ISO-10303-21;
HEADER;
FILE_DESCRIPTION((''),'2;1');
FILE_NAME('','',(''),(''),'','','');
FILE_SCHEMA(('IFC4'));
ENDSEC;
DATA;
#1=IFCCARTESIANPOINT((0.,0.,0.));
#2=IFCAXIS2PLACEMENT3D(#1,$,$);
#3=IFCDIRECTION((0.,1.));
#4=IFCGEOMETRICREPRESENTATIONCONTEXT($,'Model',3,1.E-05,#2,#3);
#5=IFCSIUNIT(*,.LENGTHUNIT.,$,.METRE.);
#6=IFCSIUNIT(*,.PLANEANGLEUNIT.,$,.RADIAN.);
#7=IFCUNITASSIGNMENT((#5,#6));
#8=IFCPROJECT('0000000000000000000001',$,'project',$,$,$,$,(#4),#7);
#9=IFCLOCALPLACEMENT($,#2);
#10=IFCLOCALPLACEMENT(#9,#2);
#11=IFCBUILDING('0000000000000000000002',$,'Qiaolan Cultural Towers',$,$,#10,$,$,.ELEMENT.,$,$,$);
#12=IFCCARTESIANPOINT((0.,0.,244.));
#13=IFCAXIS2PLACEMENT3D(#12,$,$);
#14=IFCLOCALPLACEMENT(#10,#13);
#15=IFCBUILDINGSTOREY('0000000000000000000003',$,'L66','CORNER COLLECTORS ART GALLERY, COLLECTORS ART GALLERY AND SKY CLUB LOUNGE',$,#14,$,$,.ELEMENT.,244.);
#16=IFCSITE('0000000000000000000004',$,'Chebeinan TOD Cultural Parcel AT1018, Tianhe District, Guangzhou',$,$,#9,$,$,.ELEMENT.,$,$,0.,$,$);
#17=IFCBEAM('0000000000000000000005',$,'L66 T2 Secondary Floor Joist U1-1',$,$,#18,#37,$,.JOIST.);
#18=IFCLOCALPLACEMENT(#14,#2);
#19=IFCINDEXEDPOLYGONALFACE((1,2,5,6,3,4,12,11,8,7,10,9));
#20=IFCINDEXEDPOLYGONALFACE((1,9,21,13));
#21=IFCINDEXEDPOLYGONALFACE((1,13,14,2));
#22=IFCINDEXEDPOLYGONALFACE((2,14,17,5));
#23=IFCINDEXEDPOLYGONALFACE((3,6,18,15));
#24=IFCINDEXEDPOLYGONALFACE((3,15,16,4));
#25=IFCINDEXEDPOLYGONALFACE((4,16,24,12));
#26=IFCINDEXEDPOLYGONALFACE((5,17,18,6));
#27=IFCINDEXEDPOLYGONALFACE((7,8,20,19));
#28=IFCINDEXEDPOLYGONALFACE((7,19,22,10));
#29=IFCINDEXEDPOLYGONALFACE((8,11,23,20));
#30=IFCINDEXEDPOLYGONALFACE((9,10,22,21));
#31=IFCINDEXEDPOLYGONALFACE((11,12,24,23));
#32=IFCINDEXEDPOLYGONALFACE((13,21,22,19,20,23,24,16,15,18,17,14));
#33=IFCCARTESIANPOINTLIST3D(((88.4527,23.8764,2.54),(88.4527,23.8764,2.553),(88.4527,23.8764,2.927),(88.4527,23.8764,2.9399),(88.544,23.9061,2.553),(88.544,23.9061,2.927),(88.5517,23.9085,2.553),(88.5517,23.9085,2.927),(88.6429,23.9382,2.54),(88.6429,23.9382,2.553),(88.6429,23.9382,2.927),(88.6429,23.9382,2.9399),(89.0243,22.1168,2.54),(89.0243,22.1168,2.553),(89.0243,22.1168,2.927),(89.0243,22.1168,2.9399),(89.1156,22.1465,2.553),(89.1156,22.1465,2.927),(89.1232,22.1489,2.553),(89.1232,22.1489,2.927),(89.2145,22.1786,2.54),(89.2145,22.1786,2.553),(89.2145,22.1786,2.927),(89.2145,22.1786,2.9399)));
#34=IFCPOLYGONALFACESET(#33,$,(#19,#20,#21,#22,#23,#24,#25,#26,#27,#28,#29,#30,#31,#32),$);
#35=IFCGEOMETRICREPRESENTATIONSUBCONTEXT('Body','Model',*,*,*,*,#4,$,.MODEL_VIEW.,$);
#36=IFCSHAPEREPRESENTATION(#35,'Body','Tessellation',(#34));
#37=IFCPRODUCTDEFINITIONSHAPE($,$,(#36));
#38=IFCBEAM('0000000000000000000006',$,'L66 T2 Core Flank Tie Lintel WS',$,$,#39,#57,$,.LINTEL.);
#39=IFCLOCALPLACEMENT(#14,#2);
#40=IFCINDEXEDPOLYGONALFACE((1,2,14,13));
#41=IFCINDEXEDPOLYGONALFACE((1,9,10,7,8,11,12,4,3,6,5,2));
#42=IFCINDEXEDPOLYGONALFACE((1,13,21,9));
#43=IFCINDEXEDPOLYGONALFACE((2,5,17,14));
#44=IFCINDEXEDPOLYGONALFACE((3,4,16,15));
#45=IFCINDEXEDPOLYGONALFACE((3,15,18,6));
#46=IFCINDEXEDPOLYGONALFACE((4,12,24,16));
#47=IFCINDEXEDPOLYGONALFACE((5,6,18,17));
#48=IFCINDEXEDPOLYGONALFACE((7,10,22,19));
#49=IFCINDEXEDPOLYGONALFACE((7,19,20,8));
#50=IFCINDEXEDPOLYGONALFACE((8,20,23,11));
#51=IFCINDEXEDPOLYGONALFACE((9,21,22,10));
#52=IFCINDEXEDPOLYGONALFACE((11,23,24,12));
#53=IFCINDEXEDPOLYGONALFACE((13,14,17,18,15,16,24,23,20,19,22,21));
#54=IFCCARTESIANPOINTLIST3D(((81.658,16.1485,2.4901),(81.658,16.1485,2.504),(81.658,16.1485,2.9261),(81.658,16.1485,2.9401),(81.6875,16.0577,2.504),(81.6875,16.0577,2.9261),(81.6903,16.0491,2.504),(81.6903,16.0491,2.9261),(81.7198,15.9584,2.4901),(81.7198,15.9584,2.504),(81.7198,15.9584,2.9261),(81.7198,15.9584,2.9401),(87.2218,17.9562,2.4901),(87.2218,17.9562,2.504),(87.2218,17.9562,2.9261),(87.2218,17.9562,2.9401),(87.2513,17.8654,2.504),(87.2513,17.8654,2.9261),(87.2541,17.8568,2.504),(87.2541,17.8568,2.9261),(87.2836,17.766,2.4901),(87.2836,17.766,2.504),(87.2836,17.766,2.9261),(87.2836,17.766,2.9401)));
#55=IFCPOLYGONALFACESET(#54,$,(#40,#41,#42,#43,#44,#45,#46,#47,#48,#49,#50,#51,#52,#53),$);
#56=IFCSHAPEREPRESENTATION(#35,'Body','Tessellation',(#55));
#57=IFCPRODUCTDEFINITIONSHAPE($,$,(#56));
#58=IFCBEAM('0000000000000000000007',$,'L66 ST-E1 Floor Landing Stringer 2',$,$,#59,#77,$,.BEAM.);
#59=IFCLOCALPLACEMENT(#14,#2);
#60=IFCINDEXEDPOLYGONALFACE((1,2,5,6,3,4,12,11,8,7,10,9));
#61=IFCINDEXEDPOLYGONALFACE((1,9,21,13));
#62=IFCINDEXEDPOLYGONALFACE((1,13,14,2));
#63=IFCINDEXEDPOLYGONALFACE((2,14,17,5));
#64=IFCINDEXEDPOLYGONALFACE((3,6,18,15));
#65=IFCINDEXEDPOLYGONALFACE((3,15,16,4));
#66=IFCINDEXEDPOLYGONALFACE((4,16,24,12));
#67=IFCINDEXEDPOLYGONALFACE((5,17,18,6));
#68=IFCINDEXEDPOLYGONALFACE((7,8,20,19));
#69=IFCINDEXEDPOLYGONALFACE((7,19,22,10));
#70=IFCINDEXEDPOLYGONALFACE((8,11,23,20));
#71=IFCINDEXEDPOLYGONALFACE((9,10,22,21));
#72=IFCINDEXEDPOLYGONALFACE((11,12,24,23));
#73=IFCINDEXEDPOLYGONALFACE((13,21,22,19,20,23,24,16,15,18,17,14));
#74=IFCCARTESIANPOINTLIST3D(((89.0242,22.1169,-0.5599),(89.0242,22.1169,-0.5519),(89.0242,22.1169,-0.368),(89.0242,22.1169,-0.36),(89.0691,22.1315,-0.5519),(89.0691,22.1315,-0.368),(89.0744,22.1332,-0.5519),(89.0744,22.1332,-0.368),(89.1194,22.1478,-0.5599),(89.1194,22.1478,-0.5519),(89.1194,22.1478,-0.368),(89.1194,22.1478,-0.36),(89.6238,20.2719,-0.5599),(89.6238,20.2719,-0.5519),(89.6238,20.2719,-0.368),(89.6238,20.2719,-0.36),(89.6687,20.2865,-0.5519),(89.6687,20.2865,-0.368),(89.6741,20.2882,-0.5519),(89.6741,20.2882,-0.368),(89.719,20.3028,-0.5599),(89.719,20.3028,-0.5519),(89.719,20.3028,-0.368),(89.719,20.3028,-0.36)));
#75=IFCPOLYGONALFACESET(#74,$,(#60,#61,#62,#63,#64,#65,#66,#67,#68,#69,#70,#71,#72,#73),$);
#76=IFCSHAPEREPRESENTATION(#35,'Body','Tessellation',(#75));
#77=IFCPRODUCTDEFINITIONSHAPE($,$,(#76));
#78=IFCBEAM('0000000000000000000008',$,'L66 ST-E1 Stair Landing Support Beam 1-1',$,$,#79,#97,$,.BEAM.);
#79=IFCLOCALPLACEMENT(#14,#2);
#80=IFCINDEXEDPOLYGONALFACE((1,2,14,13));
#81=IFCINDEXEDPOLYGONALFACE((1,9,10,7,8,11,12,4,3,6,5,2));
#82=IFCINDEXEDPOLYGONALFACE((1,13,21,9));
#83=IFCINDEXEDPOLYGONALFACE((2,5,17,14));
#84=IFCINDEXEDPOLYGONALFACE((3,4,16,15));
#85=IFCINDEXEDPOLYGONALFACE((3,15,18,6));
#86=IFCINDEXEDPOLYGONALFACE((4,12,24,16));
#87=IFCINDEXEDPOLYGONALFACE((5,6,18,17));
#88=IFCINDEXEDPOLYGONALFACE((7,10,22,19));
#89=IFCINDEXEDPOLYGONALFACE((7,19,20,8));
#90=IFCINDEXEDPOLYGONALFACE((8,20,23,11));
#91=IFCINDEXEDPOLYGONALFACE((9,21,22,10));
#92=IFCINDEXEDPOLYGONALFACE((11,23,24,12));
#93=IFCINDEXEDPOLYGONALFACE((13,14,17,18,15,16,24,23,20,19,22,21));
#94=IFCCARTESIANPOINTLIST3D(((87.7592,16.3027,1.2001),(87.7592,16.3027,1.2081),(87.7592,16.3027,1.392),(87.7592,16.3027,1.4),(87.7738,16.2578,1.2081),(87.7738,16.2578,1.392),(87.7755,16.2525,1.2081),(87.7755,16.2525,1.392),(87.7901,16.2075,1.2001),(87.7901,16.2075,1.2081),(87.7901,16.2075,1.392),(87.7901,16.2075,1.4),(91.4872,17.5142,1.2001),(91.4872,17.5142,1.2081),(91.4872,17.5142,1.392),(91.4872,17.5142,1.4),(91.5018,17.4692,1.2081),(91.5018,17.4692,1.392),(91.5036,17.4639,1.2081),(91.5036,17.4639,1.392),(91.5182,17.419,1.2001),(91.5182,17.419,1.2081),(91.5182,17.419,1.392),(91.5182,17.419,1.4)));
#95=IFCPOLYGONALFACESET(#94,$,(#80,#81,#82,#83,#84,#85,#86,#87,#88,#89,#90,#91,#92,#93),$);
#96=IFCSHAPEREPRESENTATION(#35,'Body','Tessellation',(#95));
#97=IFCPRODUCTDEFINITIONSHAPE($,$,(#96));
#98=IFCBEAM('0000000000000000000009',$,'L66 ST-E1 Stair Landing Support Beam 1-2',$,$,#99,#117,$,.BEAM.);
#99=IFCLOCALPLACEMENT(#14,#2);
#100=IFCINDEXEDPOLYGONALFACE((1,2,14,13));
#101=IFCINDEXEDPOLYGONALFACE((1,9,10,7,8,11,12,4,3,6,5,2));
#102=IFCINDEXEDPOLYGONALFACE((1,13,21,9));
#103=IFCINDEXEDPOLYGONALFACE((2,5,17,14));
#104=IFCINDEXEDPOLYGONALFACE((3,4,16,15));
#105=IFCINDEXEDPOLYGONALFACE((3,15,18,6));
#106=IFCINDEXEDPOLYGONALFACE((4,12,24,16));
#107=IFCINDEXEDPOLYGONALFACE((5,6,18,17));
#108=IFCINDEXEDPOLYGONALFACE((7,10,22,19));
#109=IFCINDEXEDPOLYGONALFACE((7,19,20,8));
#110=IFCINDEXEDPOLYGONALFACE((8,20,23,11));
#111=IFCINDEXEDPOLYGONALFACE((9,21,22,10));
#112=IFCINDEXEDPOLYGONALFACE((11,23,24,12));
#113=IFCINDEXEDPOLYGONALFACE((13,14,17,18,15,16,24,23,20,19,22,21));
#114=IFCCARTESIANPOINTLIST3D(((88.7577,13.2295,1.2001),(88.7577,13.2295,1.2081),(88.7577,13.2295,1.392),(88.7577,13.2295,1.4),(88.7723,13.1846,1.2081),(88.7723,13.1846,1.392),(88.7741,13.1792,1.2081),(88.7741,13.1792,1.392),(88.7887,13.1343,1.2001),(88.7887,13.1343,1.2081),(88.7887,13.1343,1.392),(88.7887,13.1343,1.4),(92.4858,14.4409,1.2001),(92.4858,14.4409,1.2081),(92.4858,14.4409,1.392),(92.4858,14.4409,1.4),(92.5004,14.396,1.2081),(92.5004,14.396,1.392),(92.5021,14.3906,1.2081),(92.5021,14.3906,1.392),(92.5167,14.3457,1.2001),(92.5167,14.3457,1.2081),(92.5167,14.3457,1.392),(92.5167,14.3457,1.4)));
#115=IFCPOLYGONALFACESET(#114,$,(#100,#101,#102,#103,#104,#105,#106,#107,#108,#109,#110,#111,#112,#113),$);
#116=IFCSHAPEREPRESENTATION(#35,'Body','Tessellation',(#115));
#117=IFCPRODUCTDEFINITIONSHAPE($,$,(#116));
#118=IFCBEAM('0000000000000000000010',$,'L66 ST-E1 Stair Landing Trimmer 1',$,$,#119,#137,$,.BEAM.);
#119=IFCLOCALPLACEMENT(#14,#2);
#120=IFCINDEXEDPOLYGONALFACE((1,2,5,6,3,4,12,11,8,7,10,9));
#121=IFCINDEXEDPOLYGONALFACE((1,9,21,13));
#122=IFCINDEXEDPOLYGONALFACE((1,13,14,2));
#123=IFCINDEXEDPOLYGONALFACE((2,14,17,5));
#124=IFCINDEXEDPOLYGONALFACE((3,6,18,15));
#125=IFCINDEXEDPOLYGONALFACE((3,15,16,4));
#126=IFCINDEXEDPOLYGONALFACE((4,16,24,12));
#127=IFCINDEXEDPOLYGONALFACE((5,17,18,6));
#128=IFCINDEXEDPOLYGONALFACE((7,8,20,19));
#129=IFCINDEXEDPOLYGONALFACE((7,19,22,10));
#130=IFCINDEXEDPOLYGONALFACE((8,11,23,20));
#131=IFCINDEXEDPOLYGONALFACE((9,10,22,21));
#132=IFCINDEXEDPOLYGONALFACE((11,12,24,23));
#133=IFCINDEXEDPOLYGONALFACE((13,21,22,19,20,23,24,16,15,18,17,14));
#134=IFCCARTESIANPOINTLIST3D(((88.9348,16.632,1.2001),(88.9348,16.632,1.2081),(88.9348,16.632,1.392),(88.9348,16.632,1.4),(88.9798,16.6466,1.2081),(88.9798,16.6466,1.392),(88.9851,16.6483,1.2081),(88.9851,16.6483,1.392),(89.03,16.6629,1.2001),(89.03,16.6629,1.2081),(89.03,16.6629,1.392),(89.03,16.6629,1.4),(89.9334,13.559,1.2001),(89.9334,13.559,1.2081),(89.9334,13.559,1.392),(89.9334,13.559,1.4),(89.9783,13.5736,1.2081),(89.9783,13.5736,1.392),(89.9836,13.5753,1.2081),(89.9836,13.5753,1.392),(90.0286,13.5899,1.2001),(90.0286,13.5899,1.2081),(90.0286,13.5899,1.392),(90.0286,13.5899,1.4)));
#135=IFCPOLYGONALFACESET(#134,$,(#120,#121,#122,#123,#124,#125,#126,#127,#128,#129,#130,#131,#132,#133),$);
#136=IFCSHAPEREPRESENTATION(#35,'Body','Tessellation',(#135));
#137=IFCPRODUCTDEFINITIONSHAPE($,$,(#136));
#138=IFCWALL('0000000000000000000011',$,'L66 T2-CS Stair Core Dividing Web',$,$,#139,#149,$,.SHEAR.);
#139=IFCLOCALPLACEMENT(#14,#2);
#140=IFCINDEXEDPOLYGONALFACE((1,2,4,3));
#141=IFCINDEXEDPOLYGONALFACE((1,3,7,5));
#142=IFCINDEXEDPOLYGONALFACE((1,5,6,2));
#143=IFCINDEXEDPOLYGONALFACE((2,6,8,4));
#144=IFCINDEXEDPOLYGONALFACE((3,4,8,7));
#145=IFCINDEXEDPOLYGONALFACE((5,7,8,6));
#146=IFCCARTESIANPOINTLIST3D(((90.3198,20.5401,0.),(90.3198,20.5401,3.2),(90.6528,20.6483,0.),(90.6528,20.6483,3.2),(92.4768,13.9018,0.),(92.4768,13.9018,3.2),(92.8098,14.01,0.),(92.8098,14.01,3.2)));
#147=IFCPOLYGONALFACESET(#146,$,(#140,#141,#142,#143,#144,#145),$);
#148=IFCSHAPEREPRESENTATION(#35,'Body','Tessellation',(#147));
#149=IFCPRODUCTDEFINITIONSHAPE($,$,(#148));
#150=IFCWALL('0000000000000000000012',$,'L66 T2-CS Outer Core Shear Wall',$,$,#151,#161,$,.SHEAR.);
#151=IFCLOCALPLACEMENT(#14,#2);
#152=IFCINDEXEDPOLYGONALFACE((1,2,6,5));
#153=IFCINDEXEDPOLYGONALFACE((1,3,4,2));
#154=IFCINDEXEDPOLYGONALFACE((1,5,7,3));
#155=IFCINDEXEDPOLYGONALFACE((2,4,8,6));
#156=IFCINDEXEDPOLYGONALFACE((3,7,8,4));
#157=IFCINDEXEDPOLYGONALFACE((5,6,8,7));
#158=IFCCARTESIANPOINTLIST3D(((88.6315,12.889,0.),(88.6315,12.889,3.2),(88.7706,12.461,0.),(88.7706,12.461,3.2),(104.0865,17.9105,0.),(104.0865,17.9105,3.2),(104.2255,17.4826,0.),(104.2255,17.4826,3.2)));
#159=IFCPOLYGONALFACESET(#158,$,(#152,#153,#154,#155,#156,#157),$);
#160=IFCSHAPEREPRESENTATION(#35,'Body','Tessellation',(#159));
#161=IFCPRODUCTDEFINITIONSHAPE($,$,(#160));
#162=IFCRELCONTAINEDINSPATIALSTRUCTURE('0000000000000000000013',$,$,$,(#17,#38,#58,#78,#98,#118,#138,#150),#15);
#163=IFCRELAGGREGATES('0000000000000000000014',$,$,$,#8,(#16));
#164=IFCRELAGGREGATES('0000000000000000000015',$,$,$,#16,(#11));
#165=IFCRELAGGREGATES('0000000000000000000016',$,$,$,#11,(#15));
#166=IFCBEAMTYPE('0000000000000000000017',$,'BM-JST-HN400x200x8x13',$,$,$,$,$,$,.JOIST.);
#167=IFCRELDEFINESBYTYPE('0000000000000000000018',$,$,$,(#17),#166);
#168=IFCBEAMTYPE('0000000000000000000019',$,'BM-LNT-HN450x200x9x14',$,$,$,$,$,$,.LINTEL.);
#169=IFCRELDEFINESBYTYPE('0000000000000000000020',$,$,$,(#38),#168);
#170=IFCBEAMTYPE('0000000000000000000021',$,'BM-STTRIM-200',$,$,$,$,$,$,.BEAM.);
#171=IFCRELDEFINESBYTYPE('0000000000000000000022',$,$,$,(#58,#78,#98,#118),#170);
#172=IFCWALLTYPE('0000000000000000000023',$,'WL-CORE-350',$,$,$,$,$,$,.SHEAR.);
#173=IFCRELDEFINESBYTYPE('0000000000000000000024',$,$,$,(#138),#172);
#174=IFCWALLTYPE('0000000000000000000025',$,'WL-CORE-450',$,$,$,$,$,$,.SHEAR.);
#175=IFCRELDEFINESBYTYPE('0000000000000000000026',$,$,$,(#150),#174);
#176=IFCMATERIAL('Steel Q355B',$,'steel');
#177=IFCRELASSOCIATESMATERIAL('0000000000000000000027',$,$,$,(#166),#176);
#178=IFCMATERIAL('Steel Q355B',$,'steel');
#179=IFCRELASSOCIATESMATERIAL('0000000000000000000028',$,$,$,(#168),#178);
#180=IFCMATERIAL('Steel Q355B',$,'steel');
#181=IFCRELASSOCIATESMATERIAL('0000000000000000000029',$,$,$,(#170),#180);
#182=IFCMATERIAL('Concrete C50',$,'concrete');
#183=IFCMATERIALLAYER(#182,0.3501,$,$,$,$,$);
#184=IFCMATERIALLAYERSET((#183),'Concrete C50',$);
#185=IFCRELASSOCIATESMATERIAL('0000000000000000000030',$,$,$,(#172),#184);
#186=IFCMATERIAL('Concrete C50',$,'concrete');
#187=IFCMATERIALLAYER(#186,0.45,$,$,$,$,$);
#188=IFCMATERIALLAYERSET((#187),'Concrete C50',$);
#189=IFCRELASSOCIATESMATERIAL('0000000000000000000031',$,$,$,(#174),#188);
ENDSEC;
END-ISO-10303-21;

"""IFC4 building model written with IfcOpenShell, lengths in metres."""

from ifc_helpers import new_model, si_unit, direction, frame, frame_2d, origin, origin_2d, place, context, subcontext, project, spatial, rectangle, i_section, extrude, material, layer, layer_set, material_profile, profile_set, type_object, element, save


model = new_model("IFC4")

# Units and contexts
model_context = context("Model", 3, precision=1e-05, world=origin(), true_north=direction((0.0, 1.0)))
body_context = subcontext(model_context, "Body", "Model", "MODEL_VIEW")
ifc_project = project(units=[si_unit("LENGTHUNIT", "METRE"), si_unit("PLANEANGLEUNIT", "RADIAN")], contexts=[model_context])

# Site, building, storey
site_placement = place(None, origin())
site = spatial("IfcSite", under=ifc_project, at=site_placement, Name="Chebeinan TOD Cultural Parcel AT1018, Tianhe District, Guangzhou", CompositionType="ELEMENT", RefElevation=0.0)
building_placement = place(site_placement, origin())
building = spatial("IfcBuilding", under=site, at=building_placement, Name="Qiaolan Cultural Towers", CompositionType="ELEMENT")
storey_placement = place(building_placement, frame((0.0, 0.0, 244.0)))
storey = spatial("IfcBuildingStorey", under=building, at=storey_placement, Name="L66", Description="CORNER COLLECTORS ART GALLERY, COLLECTORS ART GALLERY AND SKY CLUB LOUNGE", CompositionType="ELEMENT", Elevation=244.0)

# Beams
ifc_material_1 = material(Name="Steel Q355B", Category="steel")
ifc_material_profile_1 = material_profile(ifc_material_1, i_section(OverallWidth=0.2, OverallDepth=0.3999, WebThickness=0.0081, FlangeThickness=0.0129, at=origin_2d()), Name="HN400x200x8x13")
ifc_profile_set_1 = profile_set([ifc_material_profile_1], Name="Steel Q355B")
beam_type_1 = type_object("IfcBeamType", Name="BM-JST-HN400x200x8x13", PredefinedType="JOIST", material=ifc_profile_set_1)
beam_1_placement = place(storey_placement, frame((89.1194, 22.1477, 2.74), z_axis=(-0.308934, 0.951084, 0.0), x_axis=(-0.951084, -0.308934, 0.0)))
element("IfcBeam", 1, at=beam_1_placement, inside=storey, type_object=beam_type_1, Name="L66 T2 Secondary Floor Joist U1-1", PredefinedType="JOIST", context=body_context, shape_type="SweptSolid", body=[
    extrude(i_section(OverallWidth=0.2, OverallDepth=0.3999, WebThickness=0.0081, FlangeThickness=0.0129, at=origin_2d()), origin(), (0.0, 0.0, 1.0), 1.8501),
])
ifc_material_2 = material(Name="Steel Q355B", Category="steel")
ifc_material_profile_2 = material_profile(ifc_material_2, i_section(OverallWidth=0.2, OverallDepth=0.45, WebThickness=0.009, FlangeThickness=0.0139, at=origin_2d()), Name="HN450x200x9x14")
ifc_profile_set_2 = profile_set([ifc_material_profile_2], Name="Steel Q355B")
beam_type_2 = type_object("IfcBeamType", Name="BM-LNT-HN450x200x9x14", PredefinedType="LINTEL", material=ifc_profile_set_2)
beam_2_placement = place(storey_placement, frame((87.2527, 17.8611, 2.7151), z_axis=(-0.951064, -0.308995, 0.0), x_axis=(0.308995, -0.951064, 0.0)))
element("IfcBeam", 2, at=beam_2_placement, inside=storey, type_object=beam_type_2, Name="L66 T2 Core Flank Tie Lintel WS", PredefinedType="LINTEL", context=body_context, shape_type="SweptSolid", body=[
    extrude(i_section(OverallWidth=0.2, OverallDepth=0.45, WebThickness=0.009, FlangeThickness=0.0139, at=origin_2d()), origin(), (0.0, 0.0, 1.0), 5.8501),
])
ifc_material_3 = material(Name="Steel Q355B", Category="steel")
ifc_material_profile_3 = material_profile(ifc_material_3, i_section(OverallWidth=0.1001, OverallDepth=0.2, WebThickness=0.0056, FlangeThickness=0.0081, at=origin_2d()), Name="HN200x100x5.5x8")
ifc_profile_set_3 = profile_set([ifc_material_profile_3], Name="Steel Q355B")
beam_type_3 = type_object("IfcBeamType", Name="BM-STTRIM-200", PredefinedType="BEAM", material=ifc_profile_set_3)
beam_3_placement = place(storey_placement, frame((89.0718, 22.1323, -0.46), z_axis=(0.309083, -0.951035, 0.0), x_axis=(0.951035, 0.309083, 0.0)))
element("IfcBeam", 3, at=beam_3_placement, inside=storey, type_object=beam_type_3, Name="L66 ST-E1 Floor Landing Stringer 2", PredefinedType="BEAM", context=body_context, shape_type="SweptSolid", body=[
    extrude(i_section(OverallWidth=0.1001, OverallDepth=0.2, WebThickness=0.0056, FlangeThickness=0.0081, at=origin_2d()), origin(), (0.0, 0.0, 1.0), 1.9399),
])
for number, where, z_axis, x_axis, name in (
    (4, (87.7747, 16.2551, 1.3), (0.951048, 0.309044, 0.0), (-0.309044, 0.951048, 0.0), "L66 ST-E1 Stair Landing Support Beam 1-1"),
    (5, (88.7732, 13.1819, 1.3), (0.951048, 0.309044, 0.0), (-0.309044, 0.951048, 0.0), "L66 ST-E1 Stair Landing Support Beam 1-2"),
):
    element("IfcBeam", number, at=place(storey_placement, frame(where, z_axis=z_axis, x_axis=x_axis)), inside=storey, type_object=beam_type_3, Name=name, PredefinedType="BEAM", context=body_context, shape_type="SweptSolid", body=[
        extrude(i_section(OverallWidth=0.1001, OverallDepth=0.2, WebThickness=0.0056, FlangeThickness=0.0081, at=origin_2d()), origin(), (0.0, 0.0, 1.0), 3.9199),
    ])
beam_4_placement = place(storey_placement, frame((88.9824, 16.6475, 1.3), z_axis=(0.309033, -0.951051, 0.0), x_axis=(0.951051, 0.309033, 0.0)))
element("IfcBeam", 6, at=beam_4_placement, inside=storey, type_object=beam_type_3, Name="L66 ST-E1 Stair Landing Trimmer 1", PredefinedType="BEAM", context=body_context, shape_type="SweptSolid", body=[
    extrude(i_section(OverallWidth=0.1001, OverallDepth=0.2, WebThickness=0.0056, FlangeThickness=0.0081, at=origin_2d()), origin(), (0.0, 0.0, 1.0), 3.2312),
])

# Walls
ifc_material_4 = material(Name="Concrete C50", Category="concrete")
ifc_layer_1 = layer(ifc_material_4, 0.3501)
ifc_layer_set_1 = layer_set([ifc_layer_1], Name="Concrete C50")
wall_type_1 = type_object("IfcWallType", Name="WL-CORE-350", PredefinedType="SHEAR", material=ifc_layer_set_1)
wall_1_placement = place(storey_placement, frame((90.4863, 20.5942, 0.0), z_axis=(0.0, 0.0, 1.0), x_axis=(0.30902, -0.951055, 0.0)))
element("IfcWall", 7, at=wall_1_placement, inside=storey, type_object=wall_type_1, Name="L66 T2-CS Stair Core Dividing Web", PredefinedType="SHEAR", context=body_context, shape_type="SweptSolid", body=[
    extrude(rectangle(XDim=6.98, YDim=0.3501, at=frame_2d((3.49, 0.0))), origin(), (0.0, 0.0, 1.0), 3.2),
])
ifc_material_5 = material(Name="Concrete C50", Category="concrete")
ifc_layer_2 = layer(ifc_material_5, 0.45)
ifc_layer_set_2 = layer_set([ifc_layer_2], Name="Concrete C50")
wall_type_2 = type_object("IfcWallType", Name="WL-CORE-450", PredefinedType="SHEAR", material=ifc_layer_set_2)
wall_2_placement = place(storey_placement, frame((88.7012, 12.675, 0.0), z_axis=(0.0, 0.0, 1.0), x_axis=(0.951058, 0.309012, 0.0)))
element("IfcWall", 8, at=wall_2_placement, inside=storey, type_object=wall_type_2, Name="L66 T2-CS Outer Core Shear Wall", PredefinedType="SHEAR", context=body_context, shape_type="SweptSolid", body=[
    extrude(rectangle(XDim=16.2502, YDim=0.45, at=frame_2d((8.125, 0.0))), origin(), (0.0, 0.0, 1.0), 3.2),
])

save(model, "model.ifc")
